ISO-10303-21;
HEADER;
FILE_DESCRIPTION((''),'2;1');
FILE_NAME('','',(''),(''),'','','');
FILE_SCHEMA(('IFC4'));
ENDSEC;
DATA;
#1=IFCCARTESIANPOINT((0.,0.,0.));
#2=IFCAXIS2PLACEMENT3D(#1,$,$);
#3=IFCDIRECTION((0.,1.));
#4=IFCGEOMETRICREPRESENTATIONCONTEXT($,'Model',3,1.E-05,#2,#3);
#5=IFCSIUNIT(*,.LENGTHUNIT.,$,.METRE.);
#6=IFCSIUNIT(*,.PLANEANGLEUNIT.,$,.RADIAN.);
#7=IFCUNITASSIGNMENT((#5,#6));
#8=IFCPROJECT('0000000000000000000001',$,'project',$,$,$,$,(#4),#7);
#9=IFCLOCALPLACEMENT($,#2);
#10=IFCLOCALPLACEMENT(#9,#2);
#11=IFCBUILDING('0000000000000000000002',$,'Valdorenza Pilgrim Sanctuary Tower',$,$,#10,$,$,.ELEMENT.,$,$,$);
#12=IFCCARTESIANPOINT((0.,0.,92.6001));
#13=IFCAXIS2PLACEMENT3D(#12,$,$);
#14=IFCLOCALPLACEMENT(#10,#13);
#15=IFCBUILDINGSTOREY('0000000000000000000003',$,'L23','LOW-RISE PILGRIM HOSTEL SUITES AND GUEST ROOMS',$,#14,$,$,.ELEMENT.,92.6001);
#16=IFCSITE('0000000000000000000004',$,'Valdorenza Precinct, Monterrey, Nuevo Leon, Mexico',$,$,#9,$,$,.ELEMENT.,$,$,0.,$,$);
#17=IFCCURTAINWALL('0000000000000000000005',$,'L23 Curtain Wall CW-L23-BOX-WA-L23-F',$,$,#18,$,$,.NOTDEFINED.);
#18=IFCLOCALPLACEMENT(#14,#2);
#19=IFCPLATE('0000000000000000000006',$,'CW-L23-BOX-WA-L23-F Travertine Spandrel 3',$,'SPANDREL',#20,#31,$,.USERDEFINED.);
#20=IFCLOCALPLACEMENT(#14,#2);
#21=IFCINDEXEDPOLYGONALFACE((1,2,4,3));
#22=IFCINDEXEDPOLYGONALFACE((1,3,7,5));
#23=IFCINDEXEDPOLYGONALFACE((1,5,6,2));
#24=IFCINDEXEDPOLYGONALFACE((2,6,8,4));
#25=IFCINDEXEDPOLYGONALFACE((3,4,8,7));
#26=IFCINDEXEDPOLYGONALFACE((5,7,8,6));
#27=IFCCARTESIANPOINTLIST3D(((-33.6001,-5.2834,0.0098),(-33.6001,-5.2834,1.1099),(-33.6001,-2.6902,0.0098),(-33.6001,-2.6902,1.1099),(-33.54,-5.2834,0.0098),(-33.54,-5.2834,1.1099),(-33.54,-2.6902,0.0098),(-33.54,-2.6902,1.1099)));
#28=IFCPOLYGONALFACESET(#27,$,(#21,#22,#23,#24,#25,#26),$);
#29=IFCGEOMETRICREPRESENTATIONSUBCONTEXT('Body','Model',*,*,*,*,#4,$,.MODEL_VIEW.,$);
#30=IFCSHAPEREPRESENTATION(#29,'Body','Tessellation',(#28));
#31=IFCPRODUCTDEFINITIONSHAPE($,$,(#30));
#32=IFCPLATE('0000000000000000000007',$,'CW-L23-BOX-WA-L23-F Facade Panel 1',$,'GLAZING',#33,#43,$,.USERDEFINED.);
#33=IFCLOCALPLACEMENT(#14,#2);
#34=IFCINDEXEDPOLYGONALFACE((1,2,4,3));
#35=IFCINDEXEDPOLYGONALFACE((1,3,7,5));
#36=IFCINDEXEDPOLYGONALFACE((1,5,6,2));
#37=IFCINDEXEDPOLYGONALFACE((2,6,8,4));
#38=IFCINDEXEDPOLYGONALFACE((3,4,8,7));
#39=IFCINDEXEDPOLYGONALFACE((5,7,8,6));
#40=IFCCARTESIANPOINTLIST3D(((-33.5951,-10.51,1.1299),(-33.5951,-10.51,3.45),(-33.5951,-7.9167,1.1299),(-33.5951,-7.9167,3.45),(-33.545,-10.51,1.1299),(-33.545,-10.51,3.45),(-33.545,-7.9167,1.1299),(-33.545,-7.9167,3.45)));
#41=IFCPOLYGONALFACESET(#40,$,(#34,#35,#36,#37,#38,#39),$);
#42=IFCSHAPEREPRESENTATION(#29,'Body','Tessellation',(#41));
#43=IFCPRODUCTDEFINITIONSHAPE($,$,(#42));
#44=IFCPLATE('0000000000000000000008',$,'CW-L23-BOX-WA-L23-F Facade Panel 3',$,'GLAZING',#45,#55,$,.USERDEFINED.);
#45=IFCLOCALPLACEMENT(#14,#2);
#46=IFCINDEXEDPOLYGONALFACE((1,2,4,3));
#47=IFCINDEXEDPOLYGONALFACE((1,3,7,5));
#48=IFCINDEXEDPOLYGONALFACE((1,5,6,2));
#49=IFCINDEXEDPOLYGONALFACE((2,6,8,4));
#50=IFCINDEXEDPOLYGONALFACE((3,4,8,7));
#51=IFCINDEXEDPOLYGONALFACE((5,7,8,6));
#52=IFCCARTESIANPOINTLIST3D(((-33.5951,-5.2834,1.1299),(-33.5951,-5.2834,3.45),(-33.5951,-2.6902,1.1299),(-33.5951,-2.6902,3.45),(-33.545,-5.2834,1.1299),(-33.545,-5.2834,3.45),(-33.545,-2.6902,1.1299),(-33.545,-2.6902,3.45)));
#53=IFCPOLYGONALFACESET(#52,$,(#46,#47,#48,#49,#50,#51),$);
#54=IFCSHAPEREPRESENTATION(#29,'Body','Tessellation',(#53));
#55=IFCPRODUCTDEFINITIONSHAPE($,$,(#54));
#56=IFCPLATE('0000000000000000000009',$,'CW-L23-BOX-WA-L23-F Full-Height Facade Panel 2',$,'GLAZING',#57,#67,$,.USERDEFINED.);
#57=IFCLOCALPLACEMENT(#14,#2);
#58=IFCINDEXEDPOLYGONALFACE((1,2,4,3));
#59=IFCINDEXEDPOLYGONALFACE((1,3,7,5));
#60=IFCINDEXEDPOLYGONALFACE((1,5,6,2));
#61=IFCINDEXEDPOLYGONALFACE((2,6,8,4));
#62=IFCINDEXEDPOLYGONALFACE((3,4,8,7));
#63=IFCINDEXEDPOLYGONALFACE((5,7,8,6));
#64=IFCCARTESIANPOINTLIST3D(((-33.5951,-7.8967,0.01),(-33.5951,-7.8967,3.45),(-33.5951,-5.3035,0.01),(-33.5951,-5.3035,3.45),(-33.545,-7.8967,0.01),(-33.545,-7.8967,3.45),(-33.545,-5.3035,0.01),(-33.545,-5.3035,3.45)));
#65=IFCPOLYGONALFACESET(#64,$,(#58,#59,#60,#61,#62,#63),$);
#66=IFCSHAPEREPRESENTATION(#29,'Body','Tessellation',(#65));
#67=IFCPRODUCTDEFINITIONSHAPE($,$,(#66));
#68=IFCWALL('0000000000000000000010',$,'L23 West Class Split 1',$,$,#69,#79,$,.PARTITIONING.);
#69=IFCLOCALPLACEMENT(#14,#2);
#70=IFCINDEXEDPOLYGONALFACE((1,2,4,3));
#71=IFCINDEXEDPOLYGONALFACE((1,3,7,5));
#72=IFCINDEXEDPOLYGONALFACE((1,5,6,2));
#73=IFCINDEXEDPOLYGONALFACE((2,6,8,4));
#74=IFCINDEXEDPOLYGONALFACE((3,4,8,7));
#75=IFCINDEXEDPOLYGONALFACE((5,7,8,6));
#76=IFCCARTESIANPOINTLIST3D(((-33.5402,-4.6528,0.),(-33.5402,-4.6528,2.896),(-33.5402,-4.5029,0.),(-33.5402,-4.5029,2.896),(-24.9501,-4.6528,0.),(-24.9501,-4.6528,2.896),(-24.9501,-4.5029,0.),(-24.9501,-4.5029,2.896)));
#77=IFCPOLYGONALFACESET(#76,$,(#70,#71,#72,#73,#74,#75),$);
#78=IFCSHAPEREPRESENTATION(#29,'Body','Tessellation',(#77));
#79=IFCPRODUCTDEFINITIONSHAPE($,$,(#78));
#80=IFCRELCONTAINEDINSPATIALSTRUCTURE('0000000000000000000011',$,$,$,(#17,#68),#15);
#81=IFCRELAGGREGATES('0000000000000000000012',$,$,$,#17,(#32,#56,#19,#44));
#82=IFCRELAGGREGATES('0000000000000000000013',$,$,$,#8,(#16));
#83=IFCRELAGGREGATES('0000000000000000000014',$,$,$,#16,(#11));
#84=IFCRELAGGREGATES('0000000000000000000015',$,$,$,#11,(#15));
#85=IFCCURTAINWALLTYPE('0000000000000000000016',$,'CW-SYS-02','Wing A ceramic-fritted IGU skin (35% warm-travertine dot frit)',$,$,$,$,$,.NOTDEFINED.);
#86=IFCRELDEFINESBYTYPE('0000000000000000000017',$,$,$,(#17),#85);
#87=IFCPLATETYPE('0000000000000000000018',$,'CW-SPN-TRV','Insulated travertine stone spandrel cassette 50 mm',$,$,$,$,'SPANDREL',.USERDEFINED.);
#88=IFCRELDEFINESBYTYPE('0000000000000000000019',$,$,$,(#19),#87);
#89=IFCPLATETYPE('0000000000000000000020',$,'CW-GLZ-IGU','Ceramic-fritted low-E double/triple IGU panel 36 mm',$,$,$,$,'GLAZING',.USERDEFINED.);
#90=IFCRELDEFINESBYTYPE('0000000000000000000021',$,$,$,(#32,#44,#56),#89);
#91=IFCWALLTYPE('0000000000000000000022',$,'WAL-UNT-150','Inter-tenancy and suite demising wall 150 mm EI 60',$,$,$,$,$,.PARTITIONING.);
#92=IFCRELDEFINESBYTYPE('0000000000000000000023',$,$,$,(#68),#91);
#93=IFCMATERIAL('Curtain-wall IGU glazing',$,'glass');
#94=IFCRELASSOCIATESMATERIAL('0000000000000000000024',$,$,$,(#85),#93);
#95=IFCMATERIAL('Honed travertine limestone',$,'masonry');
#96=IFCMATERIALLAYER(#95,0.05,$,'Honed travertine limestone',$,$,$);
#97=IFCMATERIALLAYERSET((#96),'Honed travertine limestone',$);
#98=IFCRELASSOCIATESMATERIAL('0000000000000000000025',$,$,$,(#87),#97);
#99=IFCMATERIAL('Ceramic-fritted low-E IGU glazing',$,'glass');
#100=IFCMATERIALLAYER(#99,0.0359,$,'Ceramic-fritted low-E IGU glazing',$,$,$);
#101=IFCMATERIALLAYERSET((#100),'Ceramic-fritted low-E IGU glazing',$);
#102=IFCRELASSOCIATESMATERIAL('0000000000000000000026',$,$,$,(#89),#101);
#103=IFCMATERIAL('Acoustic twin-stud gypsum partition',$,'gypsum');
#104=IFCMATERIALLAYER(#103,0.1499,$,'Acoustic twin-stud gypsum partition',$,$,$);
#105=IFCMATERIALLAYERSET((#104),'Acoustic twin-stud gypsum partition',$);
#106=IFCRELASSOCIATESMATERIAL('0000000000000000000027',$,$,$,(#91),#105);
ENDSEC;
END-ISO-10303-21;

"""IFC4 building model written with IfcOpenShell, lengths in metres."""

from ifc_helpers import new_model, si_unit, direction, frame, frame_2d, origin, origin_2d, place, context, subcontext, project, spatial, rectangle, extrude, source, transform, mapped, material, layer, layer_set, type_object, element, aggregate, save


model = new_model("IFC4")

# Units and contexts
model_context = context("Model", 3, precision=1e-05, world=origin(), true_north=direction((0.0, 1.0)))
body_context = subcontext(model_context, "Body", "Model", "MODEL_VIEW")
ifc_project = project(units=[si_unit("LENGTHUNIT", "METRE"), si_unit("PLANEANGLEUNIT", "RADIAN")], contexts=[model_context])

# Site, building, storey
site_placement = place(None, origin())
site = spatial("IfcSite", under=ifc_project, at=site_placement, Name="Valdorenza Precinct, Monterrey, Nuevo Leon, Mexico", CompositionType="ELEMENT", RefElevation=0.0)
building_placement = place(site_placement, origin())
building = spatial("IfcBuilding", under=site, at=building_placement, Name="Valdorenza Pilgrim Sanctuary Tower", CompositionType="ELEMENT")
storey_placement = place(building_placement, frame((0.0, 0.0, 92.6001)))
storey = spatial("IfcBuildingStorey", under=building, at=storey_placement, Name="L23", Description="LOW-RISE PILGRIM HOSTEL SUITES AND GUEST ROOMS", CompositionType="ELEMENT", Elevation=92.6001)

# Shared definitions
ifc_material_1 = material(Name="Curtain-wall IGU glazing", Category="glass")
curtain_wall_type = type_object("IfcCurtainWallType", Name="CW-SYS-02", Description="Wing A ceramic-fritted IGU skin (35% warm-travertine dot frit)", PredefinedType="NOTDEFINED", material=ifc_material_1)

# Curtain wall
curtain_wall_1_placement = place(storey_placement, origin())
curtain_wall_1 = element("IfcCurtainWall", 1, at=curtain_wall_1_placement, inside=storey, type_object=curtain_wall_type, Name="L23 Curtain Wall CW-L23-BOX-WA-L23-F", PredefinedType="NOTDEFINED")

# Plates
ifc_material_2 = material(Name="Honed travertine limestone", Category="masonry")
ifc_layer_1 = layer(ifc_material_2, 0.05, Name="Honed travertine limestone")
ifc_layer_set_1 = layer_set([ifc_layer_1], Name="Honed travertine limestone")
plate_type_1 = type_object("IfcPlateType", Name="CW-SPN-TRV", Description="Insulated travertine stone spandrel cassette 50 mm", ElementType="SPANDREL", PredefinedType="USERDEFINED", material=ifc_layer_set_1)
ifc_material_3 = material(Name="Ceramic-fritted low-E IGU glazing", Category="glass")
ifc_layer_2 = layer(ifc_material_3, 0.0359, Name="Ceramic-fritted low-E IGU glazing")
ifc_layer_set_2 = layer_set([ifc_layer_2], Name="Ceramic-fritted low-E IGU glazing")
plate_type_2 = type_object("IfcPlateType", Name="CW-GLZ-IGU", Description="Ceramic-fritted low-E double/triple IGU panel 36 mm", ElementType="GLAZING", PredefinedType="USERDEFINED", material=ifc_layer_set_2)
shared_shape_1 = source(origin(), body_context, "Body", "SweptSolid", [
    extrude(rectangle(XDim=2.5933, YDim=0.0601, at=origin_2d()), origin(), (0.0, 0.0, 1.0), 1.1001),
])
plate_1_placement = place(storey_placement, frame((-33.5701, -3.9868, 0.0098), z_axis=(0.0, 0.0, 1.0), x_axis=(0.0, 1.0, 0.0)))
plate_1 = element("IfcPlate", 2, at=plate_1_placement, type_object=plate_type_1, Name="CW-L23-BOX-WA-L23-F Travertine Spandrel 3", ObjectType="SPANDREL", PredefinedType="USERDEFINED", context=body_context, shape_type="MappedRepresentation", body=[
    mapped(shared_shape_1, transform((0.0, 0.0, 0.0), x_axis=(1.0, 0.0, 0.0), y_axis=(0.0, 1.0, 0.0), z_axis=(0.0, 0.0, 1.0), scale=1.0)),
])
shared_shape_2 = source(origin(), body_context, "Body", "SweptSolid", [
    extrude(rectangle(XDim=2.5933, YDim=0.05, at=origin_2d()), origin(), (0.0, 0.0, 1.0), 2.3201),
])
plate_2_placement = place(storey_placement, frame((-33.5701, -9.2134, 1.1299), z_axis=(0.0, 0.0, 1.0), x_axis=(0.0, 1.0, 0.0)))
plate_2 = element("IfcPlate", 3, at=plate_2_placement, type_object=plate_type_2, Name="CW-L23-BOX-WA-L23-F Facade Panel 1", ObjectType="GLAZING", PredefinedType="USERDEFINED", context=body_context, shape_type="MappedRepresentation", body=[
    mapped(shared_shape_2, transform((0.0, 0.0, 0.0), x_axis=(1.0, 0.0, 0.0), y_axis=(0.0, 1.0, 0.0), z_axis=(0.0, 0.0, 1.0), scale=1.0)),
])
plate_3_placement = place(storey_placement, frame((-33.5701, -3.9868, 1.1299), z_axis=(0.0, 0.0, 1.0), x_axis=(0.0, 1.0, 0.0)))
plate_3 = element("IfcPlate", 4, at=plate_3_placement, type_object=plate_type_2, Name="CW-L23-BOX-WA-L23-F Facade Panel 3", ObjectType="GLAZING", PredefinedType="USERDEFINED", context=body_context, shape_type="MappedRepresentation", body=[
    mapped(shared_shape_2, transform((0.0, 0.0, 0.0), x_axis=(1.0, 0.0, 0.0), y_axis=(0.0, 1.0, 0.0), z_axis=(0.0, 0.0, 1.0), scale=1.0)),
])
shared_shape_3 = source(origin(), body_context, "Body", "SweptSolid", [
    extrude(rectangle(XDim=2.5933, YDim=0.05, at=origin_2d()), origin(), (0.0, 0.0, 1.0), 3.4399),
])
plate_4_placement = place(storey_placement, frame((-33.5701, -6.6001, 0.01), z_axis=(0.0, 0.0, 1.0), x_axis=(0.0, 1.0, 0.0)))
plate_4 = element("IfcPlate", 5, at=plate_4_placement, type_object=plate_type_2, Name="CW-L23-BOX-WA-L23-F Full-Height Facade Panel 2", ObjectType="GLAZING", PredefinedType="USERDEFINED", context=body_context, shape_type="MappedRepresentation", body=[
    mapped(shared_shape_3, transform((0.0, 0.0, 0.0), x_axis=(1.0, 0.0, 0.0), y_axis=(0.0, 1.0, 0.0), z_axis=(0.0, 0.0, 1.0), scale=1.0)),
])
aggregate(curtain_wall_1, [plate_2, plate_4, plate_1, plate_3])

# Wall
ifc_material_4 = material(Name="Acoustic twin-stud gypsum partition", Category="gypsum")
ifc_layer_3 = layer(ifc_material_4, 0.1499, Name="Acoustic twin-stud gypsum partition")
ifc_layer_set_3 = layer_set([ifc_layer_3], Name="Acoustic twin-stud gypsum partition")
wall_type = type_object("IfcWallType", Name="WAL-UNT-150", Description="Inter-tenancy and suite demising wall 150 mm EI 60", PredefinedType="PARTITIONING", material=ifc_layer_set_3)
wall_placement = place(storey_placement, frame((-33.54, -4.5779, 0.0), z_axis=(0.0, 0.0, 1.0), x_axis=(1.0, 0.0, 0.0)))
element("IfcWall", 6, at=wall_placement, inside=storey, type_object=wall_type, Name="L23 West Class Split 1", PredefinedType="PARTITIONING", context=body_context, shape_type="SweptSolid", body=[
    extrude(rectangle(XDim=8.5901, YDim=0.1499, at=frame_2d((4.2949, 0.0))), origin(), (0.0, 0.0, 1.0), 2.896),
])

save(model, "model.ifc")
